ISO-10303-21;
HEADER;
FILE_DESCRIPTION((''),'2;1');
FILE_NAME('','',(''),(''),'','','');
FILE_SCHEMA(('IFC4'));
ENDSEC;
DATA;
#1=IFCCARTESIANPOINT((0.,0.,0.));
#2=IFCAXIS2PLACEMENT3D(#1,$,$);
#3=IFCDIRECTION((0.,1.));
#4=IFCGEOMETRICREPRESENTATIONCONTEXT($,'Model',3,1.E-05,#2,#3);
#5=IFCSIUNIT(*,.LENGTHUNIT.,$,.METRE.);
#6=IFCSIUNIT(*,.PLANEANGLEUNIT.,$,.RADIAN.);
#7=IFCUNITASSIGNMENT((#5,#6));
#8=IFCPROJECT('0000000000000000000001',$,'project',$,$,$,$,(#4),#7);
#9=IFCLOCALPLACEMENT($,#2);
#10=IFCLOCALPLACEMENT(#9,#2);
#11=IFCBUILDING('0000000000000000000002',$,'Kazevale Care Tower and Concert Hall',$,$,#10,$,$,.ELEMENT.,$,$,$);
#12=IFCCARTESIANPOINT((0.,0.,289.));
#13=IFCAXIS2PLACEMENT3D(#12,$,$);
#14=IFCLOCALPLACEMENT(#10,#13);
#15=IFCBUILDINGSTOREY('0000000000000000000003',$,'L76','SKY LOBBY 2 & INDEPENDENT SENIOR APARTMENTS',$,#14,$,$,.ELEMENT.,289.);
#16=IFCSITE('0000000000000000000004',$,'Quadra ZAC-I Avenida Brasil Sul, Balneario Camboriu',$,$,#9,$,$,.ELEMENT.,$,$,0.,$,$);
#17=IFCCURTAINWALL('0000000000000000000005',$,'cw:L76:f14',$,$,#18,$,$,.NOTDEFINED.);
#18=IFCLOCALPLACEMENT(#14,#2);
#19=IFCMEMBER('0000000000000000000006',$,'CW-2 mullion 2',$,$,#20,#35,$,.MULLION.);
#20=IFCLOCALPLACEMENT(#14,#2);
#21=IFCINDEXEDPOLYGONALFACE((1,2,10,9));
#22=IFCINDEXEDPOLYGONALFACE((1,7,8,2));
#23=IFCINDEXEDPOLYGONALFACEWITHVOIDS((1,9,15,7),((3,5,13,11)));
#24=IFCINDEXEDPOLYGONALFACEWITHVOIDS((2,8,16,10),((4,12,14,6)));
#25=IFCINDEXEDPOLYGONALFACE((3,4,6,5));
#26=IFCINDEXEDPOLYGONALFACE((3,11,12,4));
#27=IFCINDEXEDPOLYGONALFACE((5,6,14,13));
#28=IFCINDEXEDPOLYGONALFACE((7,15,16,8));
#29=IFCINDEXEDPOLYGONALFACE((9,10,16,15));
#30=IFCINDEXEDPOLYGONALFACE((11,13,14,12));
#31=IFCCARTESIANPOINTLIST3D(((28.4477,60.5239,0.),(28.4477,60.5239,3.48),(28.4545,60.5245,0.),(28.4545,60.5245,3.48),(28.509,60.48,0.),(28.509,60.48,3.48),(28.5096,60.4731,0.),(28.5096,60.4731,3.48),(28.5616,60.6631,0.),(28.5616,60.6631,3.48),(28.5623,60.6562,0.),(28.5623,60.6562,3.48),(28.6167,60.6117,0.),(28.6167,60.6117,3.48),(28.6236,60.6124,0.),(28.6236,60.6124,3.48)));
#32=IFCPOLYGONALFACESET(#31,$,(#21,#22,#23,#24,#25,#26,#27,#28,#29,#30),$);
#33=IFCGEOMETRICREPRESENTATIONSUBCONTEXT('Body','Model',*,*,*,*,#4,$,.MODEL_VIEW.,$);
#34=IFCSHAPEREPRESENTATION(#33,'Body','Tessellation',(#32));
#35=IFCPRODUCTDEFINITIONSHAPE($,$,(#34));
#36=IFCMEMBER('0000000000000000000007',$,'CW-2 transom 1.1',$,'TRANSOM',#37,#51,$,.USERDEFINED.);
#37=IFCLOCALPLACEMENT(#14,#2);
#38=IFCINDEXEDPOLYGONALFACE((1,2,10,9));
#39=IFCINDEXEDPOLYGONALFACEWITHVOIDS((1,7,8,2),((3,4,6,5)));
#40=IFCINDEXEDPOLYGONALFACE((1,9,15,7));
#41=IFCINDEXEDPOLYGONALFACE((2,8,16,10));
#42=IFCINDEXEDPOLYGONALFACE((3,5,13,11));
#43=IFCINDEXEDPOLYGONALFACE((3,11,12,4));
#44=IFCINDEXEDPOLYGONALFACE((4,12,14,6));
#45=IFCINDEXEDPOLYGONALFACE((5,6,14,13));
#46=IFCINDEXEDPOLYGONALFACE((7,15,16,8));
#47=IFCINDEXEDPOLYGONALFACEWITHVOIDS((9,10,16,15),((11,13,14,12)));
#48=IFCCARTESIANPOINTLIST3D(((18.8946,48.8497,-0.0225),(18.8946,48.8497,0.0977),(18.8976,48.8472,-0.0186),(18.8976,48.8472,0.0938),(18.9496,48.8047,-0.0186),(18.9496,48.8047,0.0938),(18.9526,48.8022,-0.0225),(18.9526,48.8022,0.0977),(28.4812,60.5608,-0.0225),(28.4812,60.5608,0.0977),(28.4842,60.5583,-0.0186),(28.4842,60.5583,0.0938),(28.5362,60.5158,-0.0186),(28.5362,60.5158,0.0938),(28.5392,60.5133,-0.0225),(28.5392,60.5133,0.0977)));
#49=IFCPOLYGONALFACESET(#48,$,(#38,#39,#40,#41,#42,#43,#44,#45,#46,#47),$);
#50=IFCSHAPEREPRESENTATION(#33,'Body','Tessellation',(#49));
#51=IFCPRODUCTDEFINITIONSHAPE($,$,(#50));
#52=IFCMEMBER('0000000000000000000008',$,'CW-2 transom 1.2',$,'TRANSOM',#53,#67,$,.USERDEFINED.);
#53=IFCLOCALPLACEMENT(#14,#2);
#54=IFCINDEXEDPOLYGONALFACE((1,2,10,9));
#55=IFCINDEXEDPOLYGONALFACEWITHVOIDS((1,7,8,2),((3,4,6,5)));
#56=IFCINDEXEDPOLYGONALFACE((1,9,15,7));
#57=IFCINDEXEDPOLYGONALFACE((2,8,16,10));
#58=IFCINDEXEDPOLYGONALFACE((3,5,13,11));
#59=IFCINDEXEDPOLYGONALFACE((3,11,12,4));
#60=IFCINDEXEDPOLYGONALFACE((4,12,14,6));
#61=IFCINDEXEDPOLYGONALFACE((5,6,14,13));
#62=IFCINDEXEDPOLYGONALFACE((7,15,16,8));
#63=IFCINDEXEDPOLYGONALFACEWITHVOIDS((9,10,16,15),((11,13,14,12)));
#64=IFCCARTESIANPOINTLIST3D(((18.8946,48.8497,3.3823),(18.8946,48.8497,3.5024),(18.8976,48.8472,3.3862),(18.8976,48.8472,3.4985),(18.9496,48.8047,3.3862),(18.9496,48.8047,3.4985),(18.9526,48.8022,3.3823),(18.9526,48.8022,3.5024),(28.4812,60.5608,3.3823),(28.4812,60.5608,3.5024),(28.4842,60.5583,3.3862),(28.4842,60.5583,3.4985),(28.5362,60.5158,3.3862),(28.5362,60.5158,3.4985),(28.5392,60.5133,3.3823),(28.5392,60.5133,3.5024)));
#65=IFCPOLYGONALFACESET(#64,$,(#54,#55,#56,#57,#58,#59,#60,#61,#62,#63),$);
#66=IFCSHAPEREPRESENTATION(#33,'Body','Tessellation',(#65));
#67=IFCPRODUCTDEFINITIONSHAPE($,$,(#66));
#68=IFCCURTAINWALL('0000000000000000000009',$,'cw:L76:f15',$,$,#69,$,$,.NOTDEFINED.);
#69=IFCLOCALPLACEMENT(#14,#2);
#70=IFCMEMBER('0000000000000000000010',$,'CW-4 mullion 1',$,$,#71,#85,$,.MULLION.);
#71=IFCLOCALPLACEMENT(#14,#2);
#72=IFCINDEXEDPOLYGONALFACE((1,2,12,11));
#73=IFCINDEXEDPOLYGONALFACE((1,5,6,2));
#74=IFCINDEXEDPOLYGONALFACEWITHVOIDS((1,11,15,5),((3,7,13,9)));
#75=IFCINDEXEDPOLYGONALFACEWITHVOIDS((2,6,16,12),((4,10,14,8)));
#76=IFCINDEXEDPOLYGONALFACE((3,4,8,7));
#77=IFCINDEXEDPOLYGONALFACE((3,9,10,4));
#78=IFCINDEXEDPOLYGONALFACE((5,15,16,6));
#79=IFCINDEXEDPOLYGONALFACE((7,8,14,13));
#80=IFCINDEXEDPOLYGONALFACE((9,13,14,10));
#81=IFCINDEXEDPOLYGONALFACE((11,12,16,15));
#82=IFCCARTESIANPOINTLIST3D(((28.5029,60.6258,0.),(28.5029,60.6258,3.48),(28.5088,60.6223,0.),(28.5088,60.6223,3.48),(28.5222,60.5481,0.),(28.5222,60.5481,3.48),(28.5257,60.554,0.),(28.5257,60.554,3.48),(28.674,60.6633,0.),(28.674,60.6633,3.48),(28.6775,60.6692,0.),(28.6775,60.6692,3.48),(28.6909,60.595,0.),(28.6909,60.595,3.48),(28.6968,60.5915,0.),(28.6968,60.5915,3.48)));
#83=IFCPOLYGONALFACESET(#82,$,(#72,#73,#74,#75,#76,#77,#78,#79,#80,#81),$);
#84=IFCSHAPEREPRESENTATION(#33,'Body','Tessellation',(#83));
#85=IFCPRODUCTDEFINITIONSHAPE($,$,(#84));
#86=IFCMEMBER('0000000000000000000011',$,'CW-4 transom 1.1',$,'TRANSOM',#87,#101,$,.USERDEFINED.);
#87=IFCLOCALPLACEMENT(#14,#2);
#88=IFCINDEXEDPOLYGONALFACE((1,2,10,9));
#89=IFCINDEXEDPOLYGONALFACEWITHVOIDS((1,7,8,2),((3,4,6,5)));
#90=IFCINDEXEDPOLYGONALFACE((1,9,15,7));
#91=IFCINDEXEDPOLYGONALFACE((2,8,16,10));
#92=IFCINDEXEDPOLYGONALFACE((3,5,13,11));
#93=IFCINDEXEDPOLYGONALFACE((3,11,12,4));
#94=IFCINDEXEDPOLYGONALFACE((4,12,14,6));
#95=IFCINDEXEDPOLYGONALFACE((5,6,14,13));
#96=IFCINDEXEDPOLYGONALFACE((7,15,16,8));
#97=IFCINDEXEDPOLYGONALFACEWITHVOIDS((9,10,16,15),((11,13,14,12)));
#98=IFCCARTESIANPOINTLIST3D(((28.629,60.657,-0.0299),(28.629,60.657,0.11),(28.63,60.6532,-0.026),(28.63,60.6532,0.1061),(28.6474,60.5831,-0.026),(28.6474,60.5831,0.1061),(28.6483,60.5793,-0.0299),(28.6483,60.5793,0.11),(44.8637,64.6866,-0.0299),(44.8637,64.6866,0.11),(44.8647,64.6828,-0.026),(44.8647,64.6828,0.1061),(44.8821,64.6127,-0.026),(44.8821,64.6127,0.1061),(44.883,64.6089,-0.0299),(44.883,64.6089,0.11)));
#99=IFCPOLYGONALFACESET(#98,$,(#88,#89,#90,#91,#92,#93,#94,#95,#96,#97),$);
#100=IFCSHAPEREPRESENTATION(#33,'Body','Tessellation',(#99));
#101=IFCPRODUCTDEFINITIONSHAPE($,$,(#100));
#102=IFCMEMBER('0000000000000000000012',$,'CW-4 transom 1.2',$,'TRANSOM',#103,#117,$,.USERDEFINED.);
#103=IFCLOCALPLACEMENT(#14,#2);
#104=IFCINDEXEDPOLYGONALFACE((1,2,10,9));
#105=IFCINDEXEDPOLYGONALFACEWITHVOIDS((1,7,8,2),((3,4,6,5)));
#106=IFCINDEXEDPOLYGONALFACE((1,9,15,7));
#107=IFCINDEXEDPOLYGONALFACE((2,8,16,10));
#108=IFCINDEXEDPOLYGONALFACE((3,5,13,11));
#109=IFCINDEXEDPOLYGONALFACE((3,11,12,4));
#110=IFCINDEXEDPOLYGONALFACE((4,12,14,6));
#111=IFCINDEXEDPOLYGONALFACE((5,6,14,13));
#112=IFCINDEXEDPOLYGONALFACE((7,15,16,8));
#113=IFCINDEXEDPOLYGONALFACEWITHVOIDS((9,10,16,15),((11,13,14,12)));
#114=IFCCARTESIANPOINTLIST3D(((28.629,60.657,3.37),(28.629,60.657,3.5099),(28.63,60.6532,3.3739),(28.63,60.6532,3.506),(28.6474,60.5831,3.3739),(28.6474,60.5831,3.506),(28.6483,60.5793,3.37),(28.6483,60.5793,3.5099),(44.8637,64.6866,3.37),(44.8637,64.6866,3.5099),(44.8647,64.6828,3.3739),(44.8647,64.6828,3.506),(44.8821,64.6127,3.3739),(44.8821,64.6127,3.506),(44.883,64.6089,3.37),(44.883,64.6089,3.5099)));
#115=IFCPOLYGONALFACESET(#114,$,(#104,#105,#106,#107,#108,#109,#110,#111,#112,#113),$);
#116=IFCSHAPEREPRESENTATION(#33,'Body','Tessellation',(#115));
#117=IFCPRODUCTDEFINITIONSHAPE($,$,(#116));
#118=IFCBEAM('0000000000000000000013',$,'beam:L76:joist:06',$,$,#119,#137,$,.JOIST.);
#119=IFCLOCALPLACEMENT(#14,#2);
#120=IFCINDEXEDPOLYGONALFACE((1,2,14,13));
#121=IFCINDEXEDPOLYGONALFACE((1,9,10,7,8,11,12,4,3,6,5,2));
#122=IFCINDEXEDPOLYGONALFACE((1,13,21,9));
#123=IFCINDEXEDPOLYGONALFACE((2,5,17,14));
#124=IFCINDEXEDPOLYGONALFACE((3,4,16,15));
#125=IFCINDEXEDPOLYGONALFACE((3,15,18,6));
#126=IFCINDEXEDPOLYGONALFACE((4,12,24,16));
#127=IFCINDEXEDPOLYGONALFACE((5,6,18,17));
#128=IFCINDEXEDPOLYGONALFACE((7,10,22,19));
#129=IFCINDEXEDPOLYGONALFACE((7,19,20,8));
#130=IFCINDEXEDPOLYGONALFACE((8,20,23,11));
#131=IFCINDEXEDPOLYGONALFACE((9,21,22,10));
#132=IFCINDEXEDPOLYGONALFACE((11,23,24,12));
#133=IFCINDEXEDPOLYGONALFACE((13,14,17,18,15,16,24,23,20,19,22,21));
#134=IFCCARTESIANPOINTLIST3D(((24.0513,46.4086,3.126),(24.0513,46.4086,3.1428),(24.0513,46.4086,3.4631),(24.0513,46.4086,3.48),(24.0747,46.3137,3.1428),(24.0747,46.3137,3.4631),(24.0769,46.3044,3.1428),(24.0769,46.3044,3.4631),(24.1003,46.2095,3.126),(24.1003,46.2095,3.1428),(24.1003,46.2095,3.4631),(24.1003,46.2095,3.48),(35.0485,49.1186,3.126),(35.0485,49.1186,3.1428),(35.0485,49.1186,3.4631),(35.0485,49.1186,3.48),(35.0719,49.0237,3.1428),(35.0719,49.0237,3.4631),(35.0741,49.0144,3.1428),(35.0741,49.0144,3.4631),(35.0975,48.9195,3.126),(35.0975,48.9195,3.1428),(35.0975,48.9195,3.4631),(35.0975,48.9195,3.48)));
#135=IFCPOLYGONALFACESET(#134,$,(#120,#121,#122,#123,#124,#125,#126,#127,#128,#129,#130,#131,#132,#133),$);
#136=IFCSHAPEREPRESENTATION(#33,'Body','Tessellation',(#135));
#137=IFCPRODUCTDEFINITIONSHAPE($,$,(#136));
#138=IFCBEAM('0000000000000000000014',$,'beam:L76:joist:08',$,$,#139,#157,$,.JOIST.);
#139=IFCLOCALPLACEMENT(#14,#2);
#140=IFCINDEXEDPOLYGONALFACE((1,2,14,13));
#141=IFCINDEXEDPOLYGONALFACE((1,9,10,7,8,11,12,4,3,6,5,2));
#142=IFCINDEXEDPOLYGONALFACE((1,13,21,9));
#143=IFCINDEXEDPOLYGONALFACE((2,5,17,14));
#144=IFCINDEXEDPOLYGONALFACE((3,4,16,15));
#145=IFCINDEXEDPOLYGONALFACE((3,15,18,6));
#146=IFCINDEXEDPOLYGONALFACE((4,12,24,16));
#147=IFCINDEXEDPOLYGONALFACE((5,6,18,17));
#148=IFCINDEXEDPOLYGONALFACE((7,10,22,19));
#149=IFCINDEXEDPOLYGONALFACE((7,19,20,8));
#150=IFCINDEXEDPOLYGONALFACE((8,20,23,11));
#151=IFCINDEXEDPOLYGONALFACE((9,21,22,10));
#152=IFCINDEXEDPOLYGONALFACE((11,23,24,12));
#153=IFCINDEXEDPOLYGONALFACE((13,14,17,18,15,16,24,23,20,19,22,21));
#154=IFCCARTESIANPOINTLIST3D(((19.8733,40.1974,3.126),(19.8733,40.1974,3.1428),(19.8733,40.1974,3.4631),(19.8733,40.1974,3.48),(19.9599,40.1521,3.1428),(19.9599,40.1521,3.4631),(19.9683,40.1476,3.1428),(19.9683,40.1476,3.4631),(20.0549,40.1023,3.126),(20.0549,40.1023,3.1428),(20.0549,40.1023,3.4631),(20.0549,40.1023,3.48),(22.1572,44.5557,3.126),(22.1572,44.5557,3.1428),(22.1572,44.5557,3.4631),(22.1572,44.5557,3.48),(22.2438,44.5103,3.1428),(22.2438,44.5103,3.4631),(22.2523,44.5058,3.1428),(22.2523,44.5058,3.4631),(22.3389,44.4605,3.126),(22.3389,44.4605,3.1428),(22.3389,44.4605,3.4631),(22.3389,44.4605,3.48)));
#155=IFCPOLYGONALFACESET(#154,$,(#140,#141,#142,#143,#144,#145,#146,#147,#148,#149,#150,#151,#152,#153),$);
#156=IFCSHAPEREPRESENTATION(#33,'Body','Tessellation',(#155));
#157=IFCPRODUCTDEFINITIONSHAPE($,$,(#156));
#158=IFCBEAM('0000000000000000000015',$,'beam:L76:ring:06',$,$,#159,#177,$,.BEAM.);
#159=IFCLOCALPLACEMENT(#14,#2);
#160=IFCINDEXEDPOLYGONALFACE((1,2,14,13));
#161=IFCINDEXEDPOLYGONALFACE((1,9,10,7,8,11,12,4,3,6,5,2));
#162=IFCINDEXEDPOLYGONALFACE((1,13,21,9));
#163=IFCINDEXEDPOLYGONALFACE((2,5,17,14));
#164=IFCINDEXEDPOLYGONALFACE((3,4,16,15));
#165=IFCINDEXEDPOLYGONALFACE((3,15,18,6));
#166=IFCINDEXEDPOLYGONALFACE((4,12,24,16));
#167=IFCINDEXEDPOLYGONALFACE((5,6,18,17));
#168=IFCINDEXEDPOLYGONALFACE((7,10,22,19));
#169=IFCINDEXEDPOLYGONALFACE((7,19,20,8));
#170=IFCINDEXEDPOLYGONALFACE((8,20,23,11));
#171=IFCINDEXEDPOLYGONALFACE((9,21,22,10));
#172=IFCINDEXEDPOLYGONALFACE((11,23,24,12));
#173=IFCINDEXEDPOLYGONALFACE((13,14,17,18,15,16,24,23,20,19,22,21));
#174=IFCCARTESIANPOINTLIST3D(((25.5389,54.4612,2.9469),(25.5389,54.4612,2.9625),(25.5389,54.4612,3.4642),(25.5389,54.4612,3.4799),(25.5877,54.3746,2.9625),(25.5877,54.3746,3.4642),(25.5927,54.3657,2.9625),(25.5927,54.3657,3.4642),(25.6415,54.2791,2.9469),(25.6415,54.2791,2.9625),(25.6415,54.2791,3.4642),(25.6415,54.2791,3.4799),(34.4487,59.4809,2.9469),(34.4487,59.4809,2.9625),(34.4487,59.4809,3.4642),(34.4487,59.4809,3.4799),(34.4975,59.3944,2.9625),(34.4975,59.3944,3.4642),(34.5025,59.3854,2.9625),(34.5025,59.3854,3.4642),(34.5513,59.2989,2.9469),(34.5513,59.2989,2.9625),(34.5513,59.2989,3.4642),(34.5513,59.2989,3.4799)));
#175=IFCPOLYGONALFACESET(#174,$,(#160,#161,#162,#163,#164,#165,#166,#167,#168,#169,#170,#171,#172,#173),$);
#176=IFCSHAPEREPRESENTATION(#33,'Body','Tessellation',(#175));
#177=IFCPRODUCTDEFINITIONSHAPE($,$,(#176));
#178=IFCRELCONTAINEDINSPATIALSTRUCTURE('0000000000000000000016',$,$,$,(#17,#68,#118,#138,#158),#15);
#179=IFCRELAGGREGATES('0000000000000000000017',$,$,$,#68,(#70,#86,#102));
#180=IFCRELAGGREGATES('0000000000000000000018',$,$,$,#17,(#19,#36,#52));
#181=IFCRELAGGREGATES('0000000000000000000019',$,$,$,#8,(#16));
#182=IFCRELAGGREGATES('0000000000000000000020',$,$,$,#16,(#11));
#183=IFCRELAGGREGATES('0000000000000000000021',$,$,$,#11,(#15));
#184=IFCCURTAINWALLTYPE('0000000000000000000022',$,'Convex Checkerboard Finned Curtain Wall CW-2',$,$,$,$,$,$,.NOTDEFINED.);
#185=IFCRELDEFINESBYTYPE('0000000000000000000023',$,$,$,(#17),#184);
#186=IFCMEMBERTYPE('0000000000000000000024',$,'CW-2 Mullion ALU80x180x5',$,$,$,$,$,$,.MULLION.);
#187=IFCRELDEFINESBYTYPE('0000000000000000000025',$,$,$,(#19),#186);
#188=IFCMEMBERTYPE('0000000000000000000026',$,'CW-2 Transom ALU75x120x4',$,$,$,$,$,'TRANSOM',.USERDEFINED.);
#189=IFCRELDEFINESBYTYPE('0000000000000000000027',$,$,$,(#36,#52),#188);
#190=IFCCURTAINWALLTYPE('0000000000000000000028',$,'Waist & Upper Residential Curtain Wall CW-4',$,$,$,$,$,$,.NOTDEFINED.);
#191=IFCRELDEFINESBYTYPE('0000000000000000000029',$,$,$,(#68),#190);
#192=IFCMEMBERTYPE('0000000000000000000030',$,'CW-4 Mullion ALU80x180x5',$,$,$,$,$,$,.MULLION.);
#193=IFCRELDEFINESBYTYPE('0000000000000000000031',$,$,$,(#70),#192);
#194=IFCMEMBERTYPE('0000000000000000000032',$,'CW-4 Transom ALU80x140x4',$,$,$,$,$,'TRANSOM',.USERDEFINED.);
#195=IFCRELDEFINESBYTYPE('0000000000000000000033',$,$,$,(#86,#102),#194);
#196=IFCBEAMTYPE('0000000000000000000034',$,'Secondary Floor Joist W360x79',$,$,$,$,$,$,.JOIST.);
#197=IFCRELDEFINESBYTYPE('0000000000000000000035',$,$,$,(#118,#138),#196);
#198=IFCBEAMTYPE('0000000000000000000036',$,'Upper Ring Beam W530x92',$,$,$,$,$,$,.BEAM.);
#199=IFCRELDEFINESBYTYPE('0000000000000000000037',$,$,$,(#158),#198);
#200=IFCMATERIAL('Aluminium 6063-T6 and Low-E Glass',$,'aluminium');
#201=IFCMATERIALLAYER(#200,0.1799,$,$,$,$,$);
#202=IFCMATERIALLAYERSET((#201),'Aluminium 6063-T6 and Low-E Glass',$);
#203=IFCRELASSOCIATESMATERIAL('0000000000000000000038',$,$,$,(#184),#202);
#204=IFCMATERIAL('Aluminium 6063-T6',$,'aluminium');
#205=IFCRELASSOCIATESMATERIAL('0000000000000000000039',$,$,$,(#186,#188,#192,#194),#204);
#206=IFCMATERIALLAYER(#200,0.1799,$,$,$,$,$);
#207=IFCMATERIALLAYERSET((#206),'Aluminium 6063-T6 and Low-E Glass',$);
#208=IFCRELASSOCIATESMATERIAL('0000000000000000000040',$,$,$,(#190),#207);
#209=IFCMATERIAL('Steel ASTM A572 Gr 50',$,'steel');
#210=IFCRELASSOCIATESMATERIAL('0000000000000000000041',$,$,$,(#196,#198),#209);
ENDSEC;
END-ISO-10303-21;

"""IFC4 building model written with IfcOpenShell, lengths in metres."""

from ifc_helpers import new_model, si_unit, direction, frame, origin, origin_2d, place, context, subcontext, project, spatial, hollow_rectangle, i_section, extrude, material, layer, layer_set, material_profile, profile_set, type_object, element, aggregate, save


model = new_model("IFC4")

# Units and contexts
model_context = context("Model", 3, precision=1e-05, world=origin(), true_north=direction((0.0, 1.0)))
body_context = subcontext(model_context, "Body", "Model", "MODEL_VIEW")
ifc_project = project(units=[si_unit("LENGTHUNIT", "METRE"), si_unit("PLANEANGLEUNIT", "RADIAN")], contexts=[model_context])

# Site, building, storey
site_placement = place(None, origin())
site = spatial("IfcSite", under=ifc_project, at=site_placement, Name="Quadra ZAC-I Avenida Brasil Sul, Balneario Camboriu", CompositionType="ELEMENT", RefElevation=0.0)
building_placement = place(site_placement, origin())
building = spatial("IfcBuilding", under=site, at=building_placement, Name="Kazevale Care Tower and Concert Hall", CompositionType="ELEMENT")
storey_placement = place(building_placement, frame((0.0, 0.0, 289.0)))
storey = spatial("IfcBuildingStorey", under=building, at=storey_placement, Name="L76", Description="SKY LOBBY 2 & INDEPENDENT SENIOR APARTMENTS", CompositionType="ELEMENT", Elevation=289.0)

# Curtain walls, members
ifc_material_1 = material(Name="Aluminium 6063-T6 and Low-E Glass", Category="aluminium")
ifc_layer_1 = layer(ifc_material_1, 0.1799)
ifc_layer_set_1 = layer_set([ifc_layer_1], Name="Aluminium 6063-T6 and Low-E Glass")
curtain_wall_type_1 = type_object("IfcCurtainWallType", Name="Convex Checkerboard Finned Curtain Wall CW-2", PredefinedType="NOTDEFINED", material=ifc_layer_set_1)
curtain_wall_1_placement = place(storey_placement, origin())
curtain_wall_1 = element("IfcCurtainWall", 1, at=curtain_wall_1_placement, inside=storey, type_object=curtain_wall_type_1, Name="cw:L76:f14", PredefinedType="NOTDEFINED")
ifc_material_2 = material(Name="Aluminium 6063-T6", Category="aluminium")
ifc_material_profile_1 = material_profile(ifc_material_2, hollow_rectangle(XDim=0.0801, YDim=0.1799, WallThickness=0.0049, at=origin_2d()), Name="ALU80x180x5")
ifc_profile_set_1 = profile_set([ifc_material_profile_1], Name="Aluminium 6063-T6")
member_type_1 = type_object("IfcMemberType", Name="CW-2 Mullion ALU80x180x5", PredefinedType="MULLION", material=ifc_profile_set_1)
member_1_placement = place(storey_placement, frame((28.5356, 60.5681, 0.0), z_axis=(0.0, 0.0, 1.0), x_axis=(-0.773803, 0.633426, 0.0)))
member_1 = element("IfcMember", 2, at=member_1_placement, type_object=member_type_1, Name="CW-2 mullion 2", PredefinedType="MULLION", context=body_context, shape_type="SweptSolid", body=[
    extrude(hollow_rectangle(XDim=0.0801, YDim=0.1799, WallThickness=0.0049, at=origin_2d()), origin(), (0.0, 0.0, 1.0), 3.48),
])
ifc_material_profile_2 = material_profile(ifc_material_2, hollow_rectangle(XDim=0.075, YDim=0.1201, WallThickness=0.0039, at=origin_2d()), Name="ALU75x120x4")
ifc_profile_set_2 = profile_set([ifc_material_profile_2], Name="Aluminium 6063-T6")
member_type_2 = type_object("IfcMemberType", Name="CW-2 Transom ALU75x120x4", ElementType="TRANSOM", PredefinedType="USERDEFINED", material=ifc_profile_set_2)
member_2_placement = place(storey_placement, frame((18.9236, 48.8259, 0.0376), z_axis=(0.633428, 0.773802, 0.0), x_axis=(-0.773802, 0.633428, 0.0)))
member_2 = element("IfcMember", 3, at=member_2_placement, type_object=member_type_2, Name="CW-2 transom 1.1", ObjectType="TRANSOM", PredefinedType="USERDEFINED", context=body_context, shape_type="SweptSolid", body=[
    extrude(hollow_rectangle(XDim=0.075, YDim=0.1201, WallThickness=0.0039, at=origin_2d()), origin(), (0.0, 0.0, 1.0), 15.1345),
])
member_3_placement = place(storey_placement, frame((18.9236, 48.8259, 3.4424), z_axis=(0.633428, 0.773802, 0.0), x_axis=(-0.773802, 0.633428, 0.0)))
member_3 = element("IfcMember", 4, at=member_3_placement, type_object=member_type_2, Name="CW-2 transom 1.2", ObjectType="TRANSOM", PredefinedType="USERDEFINED", context=body_context, shape_type="SweptSolid", body=[
    extrude(hollow_rectangle(XDim=0.075, YDim=0.1201, WallThickness=0.0039, at=origin_2d()), origin(), (0.0, 0.0, 1.0), 15.1345),
])
ifc_layer_2 = layer(ifc_material_1, 0.1799)
ifc_layer_set_2 = layer_set([ifc_layer_2], Name="Aluminium 6063-T6 and Low-E Glass")
curtain_wall_type_2 = type_object("IfcCurtainWallType", Name="Waist & Upper Residential Curtain Wall CW-4", PredefinedType="NOTDEFINED", material=ifc_layer_set_2)
curtain_wall_2_placement = place(storey_placement, origin())
curtain_wall_2 = element("IfcCurtainWall", 5, at=curtain_wall_2_placement, inside=storey, type_object=curtain_wall_type_2, Name="cw:L76:f15", PredefinedType="NOTDEFINED")
ifc_material_profile_3 = material_profile(ifc_material_2, hollow_rectangle(XDim=0.0801, YDim=0.1799, WallThickness=0.0049, at=origin_2d()), Name="ALU80x180x5")
ifc_profile_set_3 = profile_set([ifc_material_profile_3], Name="Aluminium 6063-T6")
member_type_3 = type_object("IfcMemberType", Name="CW-4 Mullion ALU80x180x5", PredefinedType="MULLION", material=ifc_profile_set_3)
member_4_placement = place(storey_placement, frame((28.5999, 60.6086, 0.0), z_axis=(0.0, 0.0, 1.0), x_axis=(-0.240891, 0.970552, 0.0)))
member_4 = element("IfcMember", 6, at=member_4_placement, type_object=member_type_3, Name="CW-4 mullion 1", PredefinedType="MULLION", context=body_context, shape_type="SweptSolid", body=[
    extrude(hollow_rectangle(XDim=0.0801, YDim=0.1799, WallThickness=0.0049, at=origin_2d()), origin(), (0.0, 0.0, 1.0), 3.48),
])
ifc_material_profile_4 = material_profile(ifc_material_2, hollow_rectangle(XDim=0.0801, YDim=0.1399, WallThickness=0.0039, at=origin_2d()), Name="ALU80x140x4")
ifc_profile_set_4 = profile_set([ifc_material_profile_4], Name="Aluminium 6063-T6")
member_type_4 = type_object("IfcMemberType", Name="CW-4 Transom ALU80x140x4", ElementType="TRANSOM", PredefinedType="USERDEFINED", material=ifc_profile_set_4)
member_5_placement = place(storey_placement, frame((28.6387, 60.6182, 0.04), z_axis=(0.970551, 0.240897, 0.0), x_axis=(-0.240897, 0.970551, 0.0)))
member_5 = element("IfcMember", 7, at=member_5_placement, type_object=member_type_4, Name="CW-4 transom 1.1", ObjectType="TRANSOM", PredefinedType="USERDEFINED", context=body_context, shape_type="SweptSolid", body=[
    extrude(hollow_rectangle(XDim=0.0801, YDim=0.1399, WallThickness=0.0039, at=origin_2d()), origin(), (0.0, 0.0, 1.0), 16.7273),
])
member_6_placement = place(storey_placement, frame((28.6387, 60.6182, 3.4399), z_axis=(0.970551, 0.240897, 0.0), x_axis=(-0.240897, 0.970551, 0.0)))
member_6 = element("IfcMember", 8, at=member_6_placement, type_object=member_type_4, Name="CW-4 transom 1.2", ObjectType="TRANSOM", PredefinedType="USERDEFINED", context=body_context, shape_type="SweptSolid", body=[
    extrude(hollow_rectangle(XDim=0.0801, YDim=0.1399, WallThickness=0.0039, at=origin_2d()), origin(), (0.0, 0.0, 1.0), 16.7273),
])
aggregate(curtain_wall_2, [member_4, member_5, member_6])

# Beams
ifc_material_3 = material(Name="Steel ASTM A572 Gr 50", Category="steel")
ifc_material_profile_5 = material_profile(ifc_material_3, i_section(OverallWidth=0.2051, OverallDepth=0.354, WebThickness=0.0095, FlangeThickness=0.0168, at=origin_2d()), Name="W360x79")
ifc_profile_set_5 = profile_set([ifc_material_profile_5], Name="Steel ASTM A572 Gr 50")
beam_type_1 = type_object("IfcBeamType", Name="Secondary Floor Joist W360x79", PredefinedType="JOIST", material=ifc_profile_set_5)
beam_1_placement = place(storey_placement, frame((35.073, 49.019, 3.303), z_axis=(-0.970954, -0.239268, 0.0), x_axis=(0.239268, -0.970954, 0.0)))
element("IfcBeam", 9, at=beam_1_placement, inside=storey, type_object=beam_type_1, Name="beam:L76:joist:06", PredefinedType="JOIST", context=body_context, shape_type="SweptSolid", body=[
    extrude(i_section(OverallWidth=0.2051, OverallDepth=0.354, WebThickness=0.0095, FlangeThickness=0.0168, at=origin_2d()), origin(), (0.0, 0.0, 1.0), 11.3262),
])
beam_2_placement = place(storey_placement, frame((22.248, 44.5081, 3.303), z_axis=(-0.464181, -0.88574, 0.0), x_axis=(0.88574, -0.464181, 0.0)))
element("IfcBeam", 10, at=beam_2_placement, inside=storey, type_object=beam_type_1, Name="beam:L76:joist:08", PredefinedType="JOIST", context=body_context, shape_type="SweptSolid", body=[
    extrude(i_section(OverallWidth=0.2051, OverallDepth=0.354, WebThickness=0.0095, FlangeThickness=0.0168, at=origin_2d()), origin(), (0.0, 0.0, 1.0), 4.9204),
])
ifc_material_profile_6 = material_profile(ifc_material_3, i_section(OverallWidth=0.209, OverallDepth=0.533, WebThickness=0.0103, FlangeThickness=0.0156, at=origin_2d()), Name="W530x92")
ifc_profile_set_6 = profile_set([ifc_material_profile_6], Name="Steel ASTM A572 Gr 50")
beam_type_2 = type_object("IfcBeamType", Name="Upper Ring Beam W530x92", PredefinedType="BEAM", material=ifc_profile_set_6)
beam_3_placement = place(storey_placement, frame((34.5, 59.3899, 3.2134), z_axis=(-0.871243, -0.490852, 0.0), x_axis=(0.490852, -0.871243, 0.0)))
element("IfcBeam", 11, at=beam_3_placement, inside=storey, type_object=beam_type_2, Name="beam:L76:ring:06", PredefinedType="BEAM", context=body_context, shape_type="SweptSolid", body=[
    extrude(i_section(OverallWidth=0.209, OverallDepth=0.533, WebThickness=0.0103, FlangeThickness=0.0156, at=origin_2d()), origin(), (0.0, 0.0, 1.0), 10.2266),
])

aggregate(curtain_wall_1, [member_1, member_2, member_3])

save(model, "model.ifc")
